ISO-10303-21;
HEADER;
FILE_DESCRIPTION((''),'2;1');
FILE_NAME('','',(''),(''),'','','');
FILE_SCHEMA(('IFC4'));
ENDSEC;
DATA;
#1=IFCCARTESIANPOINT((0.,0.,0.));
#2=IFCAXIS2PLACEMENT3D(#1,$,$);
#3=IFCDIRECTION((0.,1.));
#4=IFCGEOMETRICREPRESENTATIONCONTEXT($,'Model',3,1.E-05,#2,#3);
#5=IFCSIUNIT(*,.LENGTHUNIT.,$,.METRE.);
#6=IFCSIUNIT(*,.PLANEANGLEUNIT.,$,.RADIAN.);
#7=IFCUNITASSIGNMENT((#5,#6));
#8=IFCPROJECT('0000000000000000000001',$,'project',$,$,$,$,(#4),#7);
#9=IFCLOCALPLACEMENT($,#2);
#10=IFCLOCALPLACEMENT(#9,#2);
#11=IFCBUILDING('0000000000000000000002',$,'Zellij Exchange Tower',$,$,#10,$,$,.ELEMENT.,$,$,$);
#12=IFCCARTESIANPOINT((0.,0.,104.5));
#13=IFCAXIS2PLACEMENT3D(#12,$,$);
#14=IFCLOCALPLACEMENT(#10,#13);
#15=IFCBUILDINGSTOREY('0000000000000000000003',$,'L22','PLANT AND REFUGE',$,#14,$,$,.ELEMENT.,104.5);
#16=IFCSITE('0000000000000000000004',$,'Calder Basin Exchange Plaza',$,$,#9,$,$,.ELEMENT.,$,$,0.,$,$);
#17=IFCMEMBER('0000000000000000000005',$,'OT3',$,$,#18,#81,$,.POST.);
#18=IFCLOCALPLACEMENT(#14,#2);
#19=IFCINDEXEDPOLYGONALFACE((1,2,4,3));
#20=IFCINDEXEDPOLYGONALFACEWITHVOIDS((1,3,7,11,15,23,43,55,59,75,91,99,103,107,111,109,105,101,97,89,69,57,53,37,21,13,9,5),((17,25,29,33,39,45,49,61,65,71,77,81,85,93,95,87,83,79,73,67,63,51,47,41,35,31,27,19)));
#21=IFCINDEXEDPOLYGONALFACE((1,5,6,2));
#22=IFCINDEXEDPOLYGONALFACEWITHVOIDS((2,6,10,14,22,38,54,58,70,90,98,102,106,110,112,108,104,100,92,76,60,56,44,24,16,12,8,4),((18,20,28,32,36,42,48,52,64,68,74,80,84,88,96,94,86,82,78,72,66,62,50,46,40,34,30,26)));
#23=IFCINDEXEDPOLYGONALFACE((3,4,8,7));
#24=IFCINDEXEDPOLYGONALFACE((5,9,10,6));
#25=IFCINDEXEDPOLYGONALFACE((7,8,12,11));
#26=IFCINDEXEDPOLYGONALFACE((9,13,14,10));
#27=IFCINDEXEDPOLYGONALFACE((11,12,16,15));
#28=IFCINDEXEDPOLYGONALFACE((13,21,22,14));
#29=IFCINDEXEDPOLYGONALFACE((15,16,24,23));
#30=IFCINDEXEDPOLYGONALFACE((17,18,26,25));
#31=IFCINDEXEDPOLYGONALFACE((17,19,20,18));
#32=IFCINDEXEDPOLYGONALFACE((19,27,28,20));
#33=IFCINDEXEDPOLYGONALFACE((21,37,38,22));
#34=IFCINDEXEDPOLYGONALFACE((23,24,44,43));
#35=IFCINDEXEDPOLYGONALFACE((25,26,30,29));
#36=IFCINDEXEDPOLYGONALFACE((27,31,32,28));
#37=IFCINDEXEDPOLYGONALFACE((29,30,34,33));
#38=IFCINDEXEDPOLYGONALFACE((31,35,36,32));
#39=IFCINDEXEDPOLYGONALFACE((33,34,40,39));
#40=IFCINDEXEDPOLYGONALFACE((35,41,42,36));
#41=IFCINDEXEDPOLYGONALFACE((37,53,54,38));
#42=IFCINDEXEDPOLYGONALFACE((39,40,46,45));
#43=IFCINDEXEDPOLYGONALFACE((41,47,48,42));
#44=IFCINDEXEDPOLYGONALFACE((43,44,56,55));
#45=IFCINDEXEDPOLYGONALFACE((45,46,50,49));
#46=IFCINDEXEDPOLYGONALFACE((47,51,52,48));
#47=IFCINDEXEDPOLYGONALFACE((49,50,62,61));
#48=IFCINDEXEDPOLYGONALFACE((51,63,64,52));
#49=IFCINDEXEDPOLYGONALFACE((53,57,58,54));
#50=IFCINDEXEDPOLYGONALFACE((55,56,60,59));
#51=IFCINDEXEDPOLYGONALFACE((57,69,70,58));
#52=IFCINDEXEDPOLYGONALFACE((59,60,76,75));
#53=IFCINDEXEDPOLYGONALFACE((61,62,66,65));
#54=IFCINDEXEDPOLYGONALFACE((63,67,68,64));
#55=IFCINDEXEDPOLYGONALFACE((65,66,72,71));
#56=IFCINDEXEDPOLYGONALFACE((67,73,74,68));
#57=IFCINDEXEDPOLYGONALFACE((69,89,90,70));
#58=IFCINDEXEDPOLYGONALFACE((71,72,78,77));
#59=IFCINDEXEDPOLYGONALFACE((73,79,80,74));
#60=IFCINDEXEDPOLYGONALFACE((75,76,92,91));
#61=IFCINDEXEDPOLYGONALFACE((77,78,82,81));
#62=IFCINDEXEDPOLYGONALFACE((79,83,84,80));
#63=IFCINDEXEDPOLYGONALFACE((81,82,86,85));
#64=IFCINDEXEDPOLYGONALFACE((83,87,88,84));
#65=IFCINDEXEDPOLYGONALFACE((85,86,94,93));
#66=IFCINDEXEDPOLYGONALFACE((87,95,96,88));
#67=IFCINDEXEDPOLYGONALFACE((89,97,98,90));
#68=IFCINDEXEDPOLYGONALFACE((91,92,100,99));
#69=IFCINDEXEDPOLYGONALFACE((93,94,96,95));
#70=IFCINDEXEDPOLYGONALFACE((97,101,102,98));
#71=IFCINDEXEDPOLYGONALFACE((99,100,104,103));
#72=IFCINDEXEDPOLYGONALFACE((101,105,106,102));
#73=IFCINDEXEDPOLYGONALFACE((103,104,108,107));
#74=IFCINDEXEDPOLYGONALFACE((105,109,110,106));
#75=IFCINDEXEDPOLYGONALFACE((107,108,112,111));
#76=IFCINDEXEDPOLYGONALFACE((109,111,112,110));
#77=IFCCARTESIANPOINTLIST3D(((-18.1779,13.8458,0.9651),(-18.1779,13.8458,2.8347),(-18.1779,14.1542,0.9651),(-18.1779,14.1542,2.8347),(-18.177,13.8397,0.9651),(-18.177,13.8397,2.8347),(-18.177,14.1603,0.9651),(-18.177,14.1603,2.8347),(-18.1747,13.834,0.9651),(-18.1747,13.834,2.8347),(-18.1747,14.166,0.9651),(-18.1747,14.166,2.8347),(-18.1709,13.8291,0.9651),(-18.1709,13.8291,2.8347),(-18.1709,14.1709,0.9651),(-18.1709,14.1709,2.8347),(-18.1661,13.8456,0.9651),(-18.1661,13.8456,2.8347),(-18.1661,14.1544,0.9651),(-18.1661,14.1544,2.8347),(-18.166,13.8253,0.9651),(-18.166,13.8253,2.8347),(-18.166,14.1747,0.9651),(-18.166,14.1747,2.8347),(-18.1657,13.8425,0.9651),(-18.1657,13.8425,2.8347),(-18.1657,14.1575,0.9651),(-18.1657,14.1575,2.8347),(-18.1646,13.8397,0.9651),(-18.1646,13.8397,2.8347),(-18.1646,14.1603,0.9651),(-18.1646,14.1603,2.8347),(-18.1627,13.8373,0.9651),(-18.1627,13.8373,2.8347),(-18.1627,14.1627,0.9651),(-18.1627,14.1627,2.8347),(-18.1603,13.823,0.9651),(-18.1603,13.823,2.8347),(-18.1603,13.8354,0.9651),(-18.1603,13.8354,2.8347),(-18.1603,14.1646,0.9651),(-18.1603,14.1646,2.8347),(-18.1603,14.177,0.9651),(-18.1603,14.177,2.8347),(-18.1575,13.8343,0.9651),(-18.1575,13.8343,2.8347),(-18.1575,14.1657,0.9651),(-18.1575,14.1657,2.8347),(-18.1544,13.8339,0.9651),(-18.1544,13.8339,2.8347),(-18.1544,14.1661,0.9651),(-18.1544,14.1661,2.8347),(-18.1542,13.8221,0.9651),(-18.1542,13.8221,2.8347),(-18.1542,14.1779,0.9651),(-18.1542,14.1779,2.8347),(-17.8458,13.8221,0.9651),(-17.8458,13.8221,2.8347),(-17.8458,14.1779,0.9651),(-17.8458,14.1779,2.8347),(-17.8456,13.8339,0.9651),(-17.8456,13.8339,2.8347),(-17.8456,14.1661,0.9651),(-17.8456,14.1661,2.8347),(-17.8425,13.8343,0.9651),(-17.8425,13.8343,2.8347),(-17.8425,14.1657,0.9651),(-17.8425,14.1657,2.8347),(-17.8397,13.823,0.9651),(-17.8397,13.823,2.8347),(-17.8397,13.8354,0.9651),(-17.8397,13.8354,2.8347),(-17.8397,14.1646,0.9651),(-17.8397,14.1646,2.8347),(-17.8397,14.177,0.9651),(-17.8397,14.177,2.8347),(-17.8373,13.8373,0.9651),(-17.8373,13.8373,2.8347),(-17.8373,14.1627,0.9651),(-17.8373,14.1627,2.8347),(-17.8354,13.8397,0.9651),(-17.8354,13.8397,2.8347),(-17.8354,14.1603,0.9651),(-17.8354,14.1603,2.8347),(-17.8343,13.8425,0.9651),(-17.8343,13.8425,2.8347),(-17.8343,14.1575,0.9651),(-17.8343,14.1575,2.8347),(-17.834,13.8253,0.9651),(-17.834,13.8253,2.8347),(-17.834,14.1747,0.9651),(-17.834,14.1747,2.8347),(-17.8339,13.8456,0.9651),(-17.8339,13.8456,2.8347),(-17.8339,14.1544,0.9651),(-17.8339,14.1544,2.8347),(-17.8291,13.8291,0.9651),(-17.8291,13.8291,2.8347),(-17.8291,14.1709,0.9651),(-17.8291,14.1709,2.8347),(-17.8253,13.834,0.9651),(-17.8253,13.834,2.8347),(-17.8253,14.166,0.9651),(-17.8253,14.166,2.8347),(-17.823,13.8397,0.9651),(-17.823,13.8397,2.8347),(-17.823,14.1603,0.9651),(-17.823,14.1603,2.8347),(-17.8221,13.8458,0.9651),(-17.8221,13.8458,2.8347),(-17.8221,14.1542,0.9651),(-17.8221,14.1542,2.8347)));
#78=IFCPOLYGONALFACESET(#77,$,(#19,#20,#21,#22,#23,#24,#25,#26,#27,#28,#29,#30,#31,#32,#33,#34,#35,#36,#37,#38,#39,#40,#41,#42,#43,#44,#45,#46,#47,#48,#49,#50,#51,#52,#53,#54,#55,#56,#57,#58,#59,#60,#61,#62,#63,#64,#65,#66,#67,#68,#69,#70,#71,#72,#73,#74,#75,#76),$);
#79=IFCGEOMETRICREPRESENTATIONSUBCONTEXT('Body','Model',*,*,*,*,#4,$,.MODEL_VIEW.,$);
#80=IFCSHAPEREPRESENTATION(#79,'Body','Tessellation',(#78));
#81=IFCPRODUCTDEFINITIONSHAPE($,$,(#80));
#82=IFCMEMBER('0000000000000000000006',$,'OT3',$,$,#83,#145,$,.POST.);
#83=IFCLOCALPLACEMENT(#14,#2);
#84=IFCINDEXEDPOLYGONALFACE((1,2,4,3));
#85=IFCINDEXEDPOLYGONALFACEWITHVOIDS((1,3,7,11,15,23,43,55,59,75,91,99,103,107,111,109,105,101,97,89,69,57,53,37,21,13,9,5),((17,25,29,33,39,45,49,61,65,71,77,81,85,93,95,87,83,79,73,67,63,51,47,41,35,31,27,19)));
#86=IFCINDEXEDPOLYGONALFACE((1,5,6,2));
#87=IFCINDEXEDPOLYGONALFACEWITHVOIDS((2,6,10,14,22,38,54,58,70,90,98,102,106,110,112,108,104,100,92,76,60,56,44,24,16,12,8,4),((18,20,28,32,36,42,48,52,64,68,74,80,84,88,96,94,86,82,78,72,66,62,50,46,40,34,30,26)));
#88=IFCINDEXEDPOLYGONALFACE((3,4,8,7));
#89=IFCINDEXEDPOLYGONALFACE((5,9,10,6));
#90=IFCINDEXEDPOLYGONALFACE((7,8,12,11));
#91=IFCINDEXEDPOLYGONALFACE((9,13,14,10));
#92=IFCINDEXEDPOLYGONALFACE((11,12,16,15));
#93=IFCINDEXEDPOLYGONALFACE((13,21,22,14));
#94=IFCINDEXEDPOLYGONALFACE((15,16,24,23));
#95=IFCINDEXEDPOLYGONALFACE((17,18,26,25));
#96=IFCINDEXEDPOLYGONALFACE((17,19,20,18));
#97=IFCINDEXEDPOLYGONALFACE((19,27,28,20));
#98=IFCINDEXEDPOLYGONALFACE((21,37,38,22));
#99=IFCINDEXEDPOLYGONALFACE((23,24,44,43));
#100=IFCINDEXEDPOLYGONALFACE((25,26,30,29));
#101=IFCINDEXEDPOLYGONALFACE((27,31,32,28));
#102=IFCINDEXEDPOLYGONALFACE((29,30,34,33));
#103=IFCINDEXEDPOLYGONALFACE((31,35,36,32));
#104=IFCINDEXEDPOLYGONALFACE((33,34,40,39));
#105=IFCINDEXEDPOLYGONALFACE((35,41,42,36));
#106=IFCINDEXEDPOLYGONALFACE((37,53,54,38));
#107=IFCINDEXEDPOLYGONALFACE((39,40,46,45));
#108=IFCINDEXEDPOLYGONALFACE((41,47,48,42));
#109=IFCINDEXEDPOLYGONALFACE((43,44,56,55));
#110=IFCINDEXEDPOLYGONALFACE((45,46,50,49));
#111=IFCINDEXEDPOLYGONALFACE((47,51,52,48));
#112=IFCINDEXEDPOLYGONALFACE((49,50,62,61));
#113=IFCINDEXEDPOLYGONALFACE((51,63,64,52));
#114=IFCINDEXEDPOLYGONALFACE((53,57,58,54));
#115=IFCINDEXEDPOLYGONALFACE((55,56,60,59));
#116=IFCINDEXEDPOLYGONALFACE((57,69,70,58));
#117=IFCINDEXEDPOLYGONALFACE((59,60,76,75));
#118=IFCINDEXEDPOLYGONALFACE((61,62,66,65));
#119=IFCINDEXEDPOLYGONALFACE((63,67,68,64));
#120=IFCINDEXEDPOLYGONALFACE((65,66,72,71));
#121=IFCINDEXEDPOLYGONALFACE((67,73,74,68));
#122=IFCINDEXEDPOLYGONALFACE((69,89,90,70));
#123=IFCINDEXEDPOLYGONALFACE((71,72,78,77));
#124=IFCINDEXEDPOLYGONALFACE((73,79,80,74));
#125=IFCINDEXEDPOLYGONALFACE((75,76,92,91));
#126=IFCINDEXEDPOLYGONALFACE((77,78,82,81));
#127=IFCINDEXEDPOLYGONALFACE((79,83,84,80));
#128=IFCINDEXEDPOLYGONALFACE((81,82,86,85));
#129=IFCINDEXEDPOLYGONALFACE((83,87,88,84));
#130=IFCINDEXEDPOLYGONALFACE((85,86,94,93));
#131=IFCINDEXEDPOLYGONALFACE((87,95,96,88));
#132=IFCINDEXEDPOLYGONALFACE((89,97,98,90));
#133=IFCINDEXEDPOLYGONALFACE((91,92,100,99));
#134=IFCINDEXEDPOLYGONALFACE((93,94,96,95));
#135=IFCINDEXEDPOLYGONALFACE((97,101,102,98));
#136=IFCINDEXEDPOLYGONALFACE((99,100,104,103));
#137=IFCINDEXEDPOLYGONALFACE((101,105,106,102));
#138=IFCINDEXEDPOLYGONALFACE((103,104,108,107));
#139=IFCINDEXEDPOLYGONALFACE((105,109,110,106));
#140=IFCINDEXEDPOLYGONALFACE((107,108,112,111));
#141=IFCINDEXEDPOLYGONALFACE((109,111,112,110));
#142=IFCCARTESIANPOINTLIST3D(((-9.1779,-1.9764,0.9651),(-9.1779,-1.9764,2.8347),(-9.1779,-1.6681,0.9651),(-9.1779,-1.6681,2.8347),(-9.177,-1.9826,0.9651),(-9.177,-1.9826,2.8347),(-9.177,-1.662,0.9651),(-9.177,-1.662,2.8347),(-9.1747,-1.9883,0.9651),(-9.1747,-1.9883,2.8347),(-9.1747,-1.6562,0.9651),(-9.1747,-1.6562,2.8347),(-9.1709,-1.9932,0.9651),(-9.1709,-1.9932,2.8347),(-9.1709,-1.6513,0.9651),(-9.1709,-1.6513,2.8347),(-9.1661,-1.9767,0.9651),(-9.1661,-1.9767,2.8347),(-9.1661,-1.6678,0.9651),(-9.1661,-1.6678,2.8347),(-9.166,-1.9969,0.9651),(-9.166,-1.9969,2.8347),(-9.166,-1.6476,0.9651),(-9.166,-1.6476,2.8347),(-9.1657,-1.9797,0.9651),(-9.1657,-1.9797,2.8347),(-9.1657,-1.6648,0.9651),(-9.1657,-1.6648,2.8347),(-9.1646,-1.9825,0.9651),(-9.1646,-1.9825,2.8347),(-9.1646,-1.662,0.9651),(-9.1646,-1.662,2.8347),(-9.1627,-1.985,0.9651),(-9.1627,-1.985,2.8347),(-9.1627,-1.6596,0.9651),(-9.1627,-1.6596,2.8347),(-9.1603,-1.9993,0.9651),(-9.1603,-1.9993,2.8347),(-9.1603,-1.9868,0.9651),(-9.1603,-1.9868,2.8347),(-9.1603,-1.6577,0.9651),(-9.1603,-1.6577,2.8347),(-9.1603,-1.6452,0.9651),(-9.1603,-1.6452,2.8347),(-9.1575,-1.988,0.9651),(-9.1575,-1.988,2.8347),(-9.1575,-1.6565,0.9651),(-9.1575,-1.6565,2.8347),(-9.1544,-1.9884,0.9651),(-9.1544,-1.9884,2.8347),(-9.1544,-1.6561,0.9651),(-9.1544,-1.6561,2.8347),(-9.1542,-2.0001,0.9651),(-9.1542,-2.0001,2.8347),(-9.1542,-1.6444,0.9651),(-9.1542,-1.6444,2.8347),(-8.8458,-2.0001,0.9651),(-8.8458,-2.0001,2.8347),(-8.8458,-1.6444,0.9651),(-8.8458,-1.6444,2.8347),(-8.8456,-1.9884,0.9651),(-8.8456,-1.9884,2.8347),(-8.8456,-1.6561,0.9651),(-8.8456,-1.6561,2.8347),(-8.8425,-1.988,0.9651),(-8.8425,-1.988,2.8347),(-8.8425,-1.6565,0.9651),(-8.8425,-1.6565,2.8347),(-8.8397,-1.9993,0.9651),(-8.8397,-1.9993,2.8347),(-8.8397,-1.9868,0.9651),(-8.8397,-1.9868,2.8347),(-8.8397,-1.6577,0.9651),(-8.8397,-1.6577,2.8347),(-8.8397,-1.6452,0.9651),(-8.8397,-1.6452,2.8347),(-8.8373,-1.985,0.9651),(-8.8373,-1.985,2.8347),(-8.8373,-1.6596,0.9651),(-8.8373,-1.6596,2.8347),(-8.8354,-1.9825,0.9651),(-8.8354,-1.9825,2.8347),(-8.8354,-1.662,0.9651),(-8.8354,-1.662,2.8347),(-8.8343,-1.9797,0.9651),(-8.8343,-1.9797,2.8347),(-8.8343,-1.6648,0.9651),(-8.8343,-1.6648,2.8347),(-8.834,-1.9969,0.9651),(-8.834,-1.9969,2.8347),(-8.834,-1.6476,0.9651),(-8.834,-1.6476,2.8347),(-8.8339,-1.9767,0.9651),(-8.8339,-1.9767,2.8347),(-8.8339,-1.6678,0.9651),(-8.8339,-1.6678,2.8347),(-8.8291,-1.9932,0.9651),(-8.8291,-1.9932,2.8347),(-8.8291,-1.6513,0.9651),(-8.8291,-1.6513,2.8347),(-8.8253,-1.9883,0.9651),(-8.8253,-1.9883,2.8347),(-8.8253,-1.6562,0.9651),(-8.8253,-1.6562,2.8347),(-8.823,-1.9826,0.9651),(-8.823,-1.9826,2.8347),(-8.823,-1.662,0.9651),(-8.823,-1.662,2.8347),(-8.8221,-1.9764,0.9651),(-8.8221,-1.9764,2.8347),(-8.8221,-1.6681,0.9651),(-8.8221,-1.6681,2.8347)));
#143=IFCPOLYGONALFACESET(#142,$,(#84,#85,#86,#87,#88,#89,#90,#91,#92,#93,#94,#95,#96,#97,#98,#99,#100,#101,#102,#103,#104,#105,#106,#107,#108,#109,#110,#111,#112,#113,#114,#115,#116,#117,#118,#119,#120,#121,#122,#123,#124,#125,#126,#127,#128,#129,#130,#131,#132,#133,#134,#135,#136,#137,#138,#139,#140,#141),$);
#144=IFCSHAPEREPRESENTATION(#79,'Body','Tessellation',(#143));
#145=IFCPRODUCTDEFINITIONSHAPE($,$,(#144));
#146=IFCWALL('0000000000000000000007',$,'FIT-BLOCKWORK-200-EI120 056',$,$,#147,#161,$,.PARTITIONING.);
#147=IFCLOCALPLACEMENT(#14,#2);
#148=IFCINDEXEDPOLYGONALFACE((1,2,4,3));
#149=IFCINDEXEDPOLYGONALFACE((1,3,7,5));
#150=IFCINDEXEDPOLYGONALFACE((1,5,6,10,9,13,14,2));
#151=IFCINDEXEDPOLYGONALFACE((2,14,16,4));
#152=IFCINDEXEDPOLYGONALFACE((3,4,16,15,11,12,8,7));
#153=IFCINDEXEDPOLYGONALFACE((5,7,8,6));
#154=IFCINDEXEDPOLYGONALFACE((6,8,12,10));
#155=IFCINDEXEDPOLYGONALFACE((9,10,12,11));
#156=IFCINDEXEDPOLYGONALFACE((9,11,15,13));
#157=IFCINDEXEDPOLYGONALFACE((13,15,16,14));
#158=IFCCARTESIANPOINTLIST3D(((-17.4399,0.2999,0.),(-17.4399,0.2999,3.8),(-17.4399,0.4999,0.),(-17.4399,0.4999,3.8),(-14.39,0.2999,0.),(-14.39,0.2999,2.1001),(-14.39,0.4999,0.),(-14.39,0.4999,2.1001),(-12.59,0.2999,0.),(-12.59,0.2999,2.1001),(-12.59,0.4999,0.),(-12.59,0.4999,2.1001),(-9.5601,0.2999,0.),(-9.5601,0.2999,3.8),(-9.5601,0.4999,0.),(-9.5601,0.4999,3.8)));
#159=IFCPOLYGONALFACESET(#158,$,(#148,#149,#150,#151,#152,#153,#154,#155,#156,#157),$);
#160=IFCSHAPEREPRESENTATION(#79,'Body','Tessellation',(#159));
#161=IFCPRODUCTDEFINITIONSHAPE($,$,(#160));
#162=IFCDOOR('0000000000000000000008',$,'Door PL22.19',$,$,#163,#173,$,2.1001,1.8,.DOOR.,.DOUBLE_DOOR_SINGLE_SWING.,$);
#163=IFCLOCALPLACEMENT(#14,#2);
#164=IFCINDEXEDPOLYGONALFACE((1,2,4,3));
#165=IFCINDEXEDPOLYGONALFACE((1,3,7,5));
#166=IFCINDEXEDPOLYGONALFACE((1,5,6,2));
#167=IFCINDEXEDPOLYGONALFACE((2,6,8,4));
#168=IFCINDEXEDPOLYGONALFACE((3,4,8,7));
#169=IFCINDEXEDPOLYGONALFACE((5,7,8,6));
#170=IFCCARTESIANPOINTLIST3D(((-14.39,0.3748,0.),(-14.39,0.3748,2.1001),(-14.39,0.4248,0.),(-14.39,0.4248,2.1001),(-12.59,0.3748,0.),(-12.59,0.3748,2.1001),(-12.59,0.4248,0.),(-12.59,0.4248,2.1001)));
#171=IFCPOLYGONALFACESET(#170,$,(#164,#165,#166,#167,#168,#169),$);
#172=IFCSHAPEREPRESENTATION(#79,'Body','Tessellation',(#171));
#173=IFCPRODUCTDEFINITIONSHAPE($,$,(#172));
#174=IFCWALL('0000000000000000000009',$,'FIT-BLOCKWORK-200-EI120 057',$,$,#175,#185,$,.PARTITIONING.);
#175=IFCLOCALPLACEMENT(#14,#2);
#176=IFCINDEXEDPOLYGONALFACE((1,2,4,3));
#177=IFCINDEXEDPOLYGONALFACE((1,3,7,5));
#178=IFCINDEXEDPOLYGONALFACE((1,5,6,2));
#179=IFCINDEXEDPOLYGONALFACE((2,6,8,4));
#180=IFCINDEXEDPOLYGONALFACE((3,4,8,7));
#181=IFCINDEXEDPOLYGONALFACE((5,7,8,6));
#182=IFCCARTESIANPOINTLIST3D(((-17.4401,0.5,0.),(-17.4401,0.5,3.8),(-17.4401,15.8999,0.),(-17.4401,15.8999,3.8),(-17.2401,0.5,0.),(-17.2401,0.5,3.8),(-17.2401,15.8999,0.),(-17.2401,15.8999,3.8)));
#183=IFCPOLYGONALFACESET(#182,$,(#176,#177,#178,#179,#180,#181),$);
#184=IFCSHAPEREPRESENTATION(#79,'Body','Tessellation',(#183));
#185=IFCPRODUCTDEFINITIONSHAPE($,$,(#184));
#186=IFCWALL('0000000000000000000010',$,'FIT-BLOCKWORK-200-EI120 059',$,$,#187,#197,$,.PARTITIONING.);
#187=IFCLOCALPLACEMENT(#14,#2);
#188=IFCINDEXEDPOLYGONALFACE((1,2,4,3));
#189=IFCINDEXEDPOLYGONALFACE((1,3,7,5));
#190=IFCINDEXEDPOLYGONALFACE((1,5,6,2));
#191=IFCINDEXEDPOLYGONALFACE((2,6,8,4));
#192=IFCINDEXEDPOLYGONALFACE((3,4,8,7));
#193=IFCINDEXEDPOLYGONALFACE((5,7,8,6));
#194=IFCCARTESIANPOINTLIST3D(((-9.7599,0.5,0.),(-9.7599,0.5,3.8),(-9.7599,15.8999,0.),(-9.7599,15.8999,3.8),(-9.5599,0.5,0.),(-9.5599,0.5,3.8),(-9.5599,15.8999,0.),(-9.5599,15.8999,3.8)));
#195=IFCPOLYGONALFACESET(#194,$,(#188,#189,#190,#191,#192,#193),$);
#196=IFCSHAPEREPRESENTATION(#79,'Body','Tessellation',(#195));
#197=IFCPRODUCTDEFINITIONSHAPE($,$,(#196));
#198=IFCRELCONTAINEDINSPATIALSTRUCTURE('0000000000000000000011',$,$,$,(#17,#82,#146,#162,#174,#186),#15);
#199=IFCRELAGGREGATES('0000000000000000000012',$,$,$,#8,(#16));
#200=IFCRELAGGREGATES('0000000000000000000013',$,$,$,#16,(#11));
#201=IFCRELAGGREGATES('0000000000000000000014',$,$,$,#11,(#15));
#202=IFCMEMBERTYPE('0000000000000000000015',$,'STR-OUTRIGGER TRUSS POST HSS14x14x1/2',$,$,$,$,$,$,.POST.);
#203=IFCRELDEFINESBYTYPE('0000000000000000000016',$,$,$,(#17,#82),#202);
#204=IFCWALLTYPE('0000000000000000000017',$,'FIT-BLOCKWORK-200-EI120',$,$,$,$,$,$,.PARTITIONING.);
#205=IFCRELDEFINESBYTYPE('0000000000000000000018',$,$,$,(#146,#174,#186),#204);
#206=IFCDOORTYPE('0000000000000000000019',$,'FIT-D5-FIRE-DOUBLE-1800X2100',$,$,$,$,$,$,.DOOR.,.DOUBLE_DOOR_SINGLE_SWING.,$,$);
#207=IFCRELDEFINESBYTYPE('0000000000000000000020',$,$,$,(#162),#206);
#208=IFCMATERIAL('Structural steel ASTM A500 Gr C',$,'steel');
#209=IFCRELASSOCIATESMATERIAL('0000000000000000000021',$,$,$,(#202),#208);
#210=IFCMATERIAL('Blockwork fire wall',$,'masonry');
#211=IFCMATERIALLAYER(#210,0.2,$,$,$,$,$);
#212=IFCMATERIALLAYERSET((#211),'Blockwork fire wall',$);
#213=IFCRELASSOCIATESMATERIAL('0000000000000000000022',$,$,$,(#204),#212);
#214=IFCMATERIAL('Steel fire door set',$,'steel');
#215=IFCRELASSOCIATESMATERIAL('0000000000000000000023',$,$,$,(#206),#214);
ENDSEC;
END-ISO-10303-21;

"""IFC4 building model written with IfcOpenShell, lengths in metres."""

from ifc_helpers import new_model, si_unit, direction, frame, frame_2d, origin, origin_2d, place, context, subcontext, project, spatial, rectangle, hollow_rectangle, extrude, material, layer, layer_set, material_profile, profile_set, type_object, element, fill, save


model = new_model("IFC4")

# Units and contexts
model_context = context("Model", 3, precision=1e-05, world=origin(), true_north=direction((0.0, 1.0)))
body_context = subcontext(model_context, "Body", "Model", "MODEL_VIEW")
ifc_project = project(units=[si_unit("LENGTHUNIT", "METRE"), si_unit("PLANEANGLEUNIT", "RADIAN")], contexts=[model_context])

# Site, building, storey
site_placement = place(None, origin())
site = spatial("IfcSite", under=ifc_project, at=site_placement, Name="Calder Basin Exchange Plaza", CompositionType="ELEMENT", RefElevation=0.0)
building_placement = place(site_placement, origin())
building = spatial("IfcBuilding", under=site, at=building_placement, Name="Zellij Exchange Tower", CompositionType="ELEMENT")
storey_placement = place(building_placement, frame((0.0, 0.0, 104.5)))
storey = spatial("IfcBuildingStorey", under=building, at=storey_placement, Name="L22", Description="PLANT AND REFUGE", CompositionType="ELEMENT", Elevation=104.5)

# Members
ifc_material_1 = material(Name="Structural steel ASTM A500 Gr C", Category="steel")
ifc_material_profile_1 = material_profile(ifc_material_1, hollow_rectangle(XDim=0.3557, YDim=0.3557, WallThickness=0.0117, InnerFilletRadius=0.0117, OuterFilletRadius=0.0237, at=origin_2d()), Name="STR-OUTRIGGER TRUSS POST HSS14x14x1/2")
ifc_profile_set_1 = profile_set([ifc_material_profile_1], Name="Structural steel ASTM A500 Gr C")
member_type_1 = type_object("IfcMemberType", Name="STR-OUTRIGGER TRUSS POST HSS14x14x1/2", PredefinedType="POST", material=ifc_profile_set_1)
for number, where, z_axis, x_axis, name in (
    (1, (-18.0, 14.0, 0.9651), (0.0, 0.0, 1.0), (1.0, 0.0, 0.0), "OT3"),
    (2, (-9.0, -1.8223, 0.9651), (0.0, 0.0, 1.0), (1.0, 0.0, 0.0), "OT3"),
):
    element("IfcMember", number, at=place(storey_placement, frame(where, z_axis=z_axis, x_axis=x_axis)), inside=storey, type_object=member_type_1, Name=name, PredefinedType="POST", context=body_context, shape_type="SweptSolid", body=[
        extrude(hollow_rectangle(XDim=0.3557, YDim=0.3557, WallThickness=0.0117, InnerFilletRadius=0.0117, OuterFilletRadius=0.0237, at=origin_2d()), origin(), (0.0, 0.0, 1.0), 1.8696),
    ])

# Wall, opening, door
ifc_material_2 = material(Name="Blockwork fire wall", Category="masonry")
ifc_layer_1 = layer(ifc_material_2, 0.2)
ifc_layer_set_1 = layer_set([ifc_layer_1], Name="Blockwork fire wall")
wall_type_1 = type_object("IfcWallType", Name="FIT-BLOCKWORK-200-EI120", PredefinedType="PARTITIONING", material=ifc_layer_set_1)
wall_1_placement = place(storey_placement, frame((-17.4399, 0.3999, 0.0), z_axis=(0.0, 0.0, 1.0), x_axis=(1.0, 0.0, 0.0)))
wall_1 = element("IfcWall", 3, at=wall_1_placement, inside=storey, type_object=wall_type_1, Name="FIT-BLOCKWORK-200-EI120 056", PredefinedType="PARTITIONING", context=body_context, shape_type="SweptSolid", body=[
    extrude(rectangle(XDim=7.8799, YDim=0.2, at=frame_2d((3.9399, 0.0))), origin(), (0.0, 0.0, 1.0), 3.8),
])
opening_1_placement = place(wall_1_placement, frame((3.05, 0.0, 0.0)))
opening_1 = element("IfcOpeningElement", 4, at=opening_1_placement, cuts=wall_1, PredefinedType="OPENING", context=body_context, shape_type="SweptSolid", body=[
    extrude(rectangle(XDim=1.8, YDim=2.1001, at=frame_2d((0.8999, 1.05))), frame((0.0, 0.1118, 0.0), z_axis=(0.0, -1.0, 0.0), x_axis=(1.0, 0.0, 0.0)), (0.0, 0.0, 1.0), 0.2239),
])
ifc_material_3 = material(Name="Steel fire door set", Category="steel")
door_type_1 = type_object("IfcDoorType", Name="FIT-D5-FIRE-DOUBLE-1800X2100", OperationType="DOUBLE_DOOR_SINGLE_SWING", PredefinedType="DOOR", material=ifc_material_3)
door_1_placement = place(opening_1_placement, origin())
door_1 = element("IfcDoor", 5, at=door_1_placement, inside=storey, type_object=door_type_1, Name="Door PL22.19", OperationType="DOUBLE_DOOR_SINGLE_SWING", OverallHeight=2.1001, OverallWidth=1.8, PredefinedType="DOOR", context=body_context, shape_type="SweptSolid", body=[
    extrude(rectangle(XDim=1.8, YDim=2.1001, at=frame_2d((0.8999, 1.05))), frame((0.0, 0.0249, 0.0), z_axis=(0.0, -1.0, 0.0), x_axis=(1.0, 0.0, 0.0)), (0.0, 0.0, 1.0), 0.05),
])
fill(opening_1, door_1)

# Walls
for number, where, z_axis, x_axis, name in (
    (6, (-17.3401, 0.5, 0.0), (0.0, 0.0, 1.0), (0.0, 1.0, 0.0), "FIT-BLOCKWORK-200-EI120 057"),
    (7, (-9.6599, 0.5, 0.0), (0.0, 0.0, 1.0), (0.0, 1.0, 0.0), "FIT-BLOCKWORK-200-EI120 059"),
):
    element("IfcWall", number, at=place(storey_placement, frame(where, z_axis=z_axis, x_axis=x_axis)), inside=storey, type_object=wall_type_1, Name=name, PredefinedType="PARTITIONING", context=body_context, shape_type="SweptSolid", body=[
        extrude(rectangle(XDim=15.3999, YDim=0.2, at=frame_2d((7.7, 0.0))), origin(), (0.0, 0.0, 1.0), 3.8),
    ])

save(model, "model.ifc")
